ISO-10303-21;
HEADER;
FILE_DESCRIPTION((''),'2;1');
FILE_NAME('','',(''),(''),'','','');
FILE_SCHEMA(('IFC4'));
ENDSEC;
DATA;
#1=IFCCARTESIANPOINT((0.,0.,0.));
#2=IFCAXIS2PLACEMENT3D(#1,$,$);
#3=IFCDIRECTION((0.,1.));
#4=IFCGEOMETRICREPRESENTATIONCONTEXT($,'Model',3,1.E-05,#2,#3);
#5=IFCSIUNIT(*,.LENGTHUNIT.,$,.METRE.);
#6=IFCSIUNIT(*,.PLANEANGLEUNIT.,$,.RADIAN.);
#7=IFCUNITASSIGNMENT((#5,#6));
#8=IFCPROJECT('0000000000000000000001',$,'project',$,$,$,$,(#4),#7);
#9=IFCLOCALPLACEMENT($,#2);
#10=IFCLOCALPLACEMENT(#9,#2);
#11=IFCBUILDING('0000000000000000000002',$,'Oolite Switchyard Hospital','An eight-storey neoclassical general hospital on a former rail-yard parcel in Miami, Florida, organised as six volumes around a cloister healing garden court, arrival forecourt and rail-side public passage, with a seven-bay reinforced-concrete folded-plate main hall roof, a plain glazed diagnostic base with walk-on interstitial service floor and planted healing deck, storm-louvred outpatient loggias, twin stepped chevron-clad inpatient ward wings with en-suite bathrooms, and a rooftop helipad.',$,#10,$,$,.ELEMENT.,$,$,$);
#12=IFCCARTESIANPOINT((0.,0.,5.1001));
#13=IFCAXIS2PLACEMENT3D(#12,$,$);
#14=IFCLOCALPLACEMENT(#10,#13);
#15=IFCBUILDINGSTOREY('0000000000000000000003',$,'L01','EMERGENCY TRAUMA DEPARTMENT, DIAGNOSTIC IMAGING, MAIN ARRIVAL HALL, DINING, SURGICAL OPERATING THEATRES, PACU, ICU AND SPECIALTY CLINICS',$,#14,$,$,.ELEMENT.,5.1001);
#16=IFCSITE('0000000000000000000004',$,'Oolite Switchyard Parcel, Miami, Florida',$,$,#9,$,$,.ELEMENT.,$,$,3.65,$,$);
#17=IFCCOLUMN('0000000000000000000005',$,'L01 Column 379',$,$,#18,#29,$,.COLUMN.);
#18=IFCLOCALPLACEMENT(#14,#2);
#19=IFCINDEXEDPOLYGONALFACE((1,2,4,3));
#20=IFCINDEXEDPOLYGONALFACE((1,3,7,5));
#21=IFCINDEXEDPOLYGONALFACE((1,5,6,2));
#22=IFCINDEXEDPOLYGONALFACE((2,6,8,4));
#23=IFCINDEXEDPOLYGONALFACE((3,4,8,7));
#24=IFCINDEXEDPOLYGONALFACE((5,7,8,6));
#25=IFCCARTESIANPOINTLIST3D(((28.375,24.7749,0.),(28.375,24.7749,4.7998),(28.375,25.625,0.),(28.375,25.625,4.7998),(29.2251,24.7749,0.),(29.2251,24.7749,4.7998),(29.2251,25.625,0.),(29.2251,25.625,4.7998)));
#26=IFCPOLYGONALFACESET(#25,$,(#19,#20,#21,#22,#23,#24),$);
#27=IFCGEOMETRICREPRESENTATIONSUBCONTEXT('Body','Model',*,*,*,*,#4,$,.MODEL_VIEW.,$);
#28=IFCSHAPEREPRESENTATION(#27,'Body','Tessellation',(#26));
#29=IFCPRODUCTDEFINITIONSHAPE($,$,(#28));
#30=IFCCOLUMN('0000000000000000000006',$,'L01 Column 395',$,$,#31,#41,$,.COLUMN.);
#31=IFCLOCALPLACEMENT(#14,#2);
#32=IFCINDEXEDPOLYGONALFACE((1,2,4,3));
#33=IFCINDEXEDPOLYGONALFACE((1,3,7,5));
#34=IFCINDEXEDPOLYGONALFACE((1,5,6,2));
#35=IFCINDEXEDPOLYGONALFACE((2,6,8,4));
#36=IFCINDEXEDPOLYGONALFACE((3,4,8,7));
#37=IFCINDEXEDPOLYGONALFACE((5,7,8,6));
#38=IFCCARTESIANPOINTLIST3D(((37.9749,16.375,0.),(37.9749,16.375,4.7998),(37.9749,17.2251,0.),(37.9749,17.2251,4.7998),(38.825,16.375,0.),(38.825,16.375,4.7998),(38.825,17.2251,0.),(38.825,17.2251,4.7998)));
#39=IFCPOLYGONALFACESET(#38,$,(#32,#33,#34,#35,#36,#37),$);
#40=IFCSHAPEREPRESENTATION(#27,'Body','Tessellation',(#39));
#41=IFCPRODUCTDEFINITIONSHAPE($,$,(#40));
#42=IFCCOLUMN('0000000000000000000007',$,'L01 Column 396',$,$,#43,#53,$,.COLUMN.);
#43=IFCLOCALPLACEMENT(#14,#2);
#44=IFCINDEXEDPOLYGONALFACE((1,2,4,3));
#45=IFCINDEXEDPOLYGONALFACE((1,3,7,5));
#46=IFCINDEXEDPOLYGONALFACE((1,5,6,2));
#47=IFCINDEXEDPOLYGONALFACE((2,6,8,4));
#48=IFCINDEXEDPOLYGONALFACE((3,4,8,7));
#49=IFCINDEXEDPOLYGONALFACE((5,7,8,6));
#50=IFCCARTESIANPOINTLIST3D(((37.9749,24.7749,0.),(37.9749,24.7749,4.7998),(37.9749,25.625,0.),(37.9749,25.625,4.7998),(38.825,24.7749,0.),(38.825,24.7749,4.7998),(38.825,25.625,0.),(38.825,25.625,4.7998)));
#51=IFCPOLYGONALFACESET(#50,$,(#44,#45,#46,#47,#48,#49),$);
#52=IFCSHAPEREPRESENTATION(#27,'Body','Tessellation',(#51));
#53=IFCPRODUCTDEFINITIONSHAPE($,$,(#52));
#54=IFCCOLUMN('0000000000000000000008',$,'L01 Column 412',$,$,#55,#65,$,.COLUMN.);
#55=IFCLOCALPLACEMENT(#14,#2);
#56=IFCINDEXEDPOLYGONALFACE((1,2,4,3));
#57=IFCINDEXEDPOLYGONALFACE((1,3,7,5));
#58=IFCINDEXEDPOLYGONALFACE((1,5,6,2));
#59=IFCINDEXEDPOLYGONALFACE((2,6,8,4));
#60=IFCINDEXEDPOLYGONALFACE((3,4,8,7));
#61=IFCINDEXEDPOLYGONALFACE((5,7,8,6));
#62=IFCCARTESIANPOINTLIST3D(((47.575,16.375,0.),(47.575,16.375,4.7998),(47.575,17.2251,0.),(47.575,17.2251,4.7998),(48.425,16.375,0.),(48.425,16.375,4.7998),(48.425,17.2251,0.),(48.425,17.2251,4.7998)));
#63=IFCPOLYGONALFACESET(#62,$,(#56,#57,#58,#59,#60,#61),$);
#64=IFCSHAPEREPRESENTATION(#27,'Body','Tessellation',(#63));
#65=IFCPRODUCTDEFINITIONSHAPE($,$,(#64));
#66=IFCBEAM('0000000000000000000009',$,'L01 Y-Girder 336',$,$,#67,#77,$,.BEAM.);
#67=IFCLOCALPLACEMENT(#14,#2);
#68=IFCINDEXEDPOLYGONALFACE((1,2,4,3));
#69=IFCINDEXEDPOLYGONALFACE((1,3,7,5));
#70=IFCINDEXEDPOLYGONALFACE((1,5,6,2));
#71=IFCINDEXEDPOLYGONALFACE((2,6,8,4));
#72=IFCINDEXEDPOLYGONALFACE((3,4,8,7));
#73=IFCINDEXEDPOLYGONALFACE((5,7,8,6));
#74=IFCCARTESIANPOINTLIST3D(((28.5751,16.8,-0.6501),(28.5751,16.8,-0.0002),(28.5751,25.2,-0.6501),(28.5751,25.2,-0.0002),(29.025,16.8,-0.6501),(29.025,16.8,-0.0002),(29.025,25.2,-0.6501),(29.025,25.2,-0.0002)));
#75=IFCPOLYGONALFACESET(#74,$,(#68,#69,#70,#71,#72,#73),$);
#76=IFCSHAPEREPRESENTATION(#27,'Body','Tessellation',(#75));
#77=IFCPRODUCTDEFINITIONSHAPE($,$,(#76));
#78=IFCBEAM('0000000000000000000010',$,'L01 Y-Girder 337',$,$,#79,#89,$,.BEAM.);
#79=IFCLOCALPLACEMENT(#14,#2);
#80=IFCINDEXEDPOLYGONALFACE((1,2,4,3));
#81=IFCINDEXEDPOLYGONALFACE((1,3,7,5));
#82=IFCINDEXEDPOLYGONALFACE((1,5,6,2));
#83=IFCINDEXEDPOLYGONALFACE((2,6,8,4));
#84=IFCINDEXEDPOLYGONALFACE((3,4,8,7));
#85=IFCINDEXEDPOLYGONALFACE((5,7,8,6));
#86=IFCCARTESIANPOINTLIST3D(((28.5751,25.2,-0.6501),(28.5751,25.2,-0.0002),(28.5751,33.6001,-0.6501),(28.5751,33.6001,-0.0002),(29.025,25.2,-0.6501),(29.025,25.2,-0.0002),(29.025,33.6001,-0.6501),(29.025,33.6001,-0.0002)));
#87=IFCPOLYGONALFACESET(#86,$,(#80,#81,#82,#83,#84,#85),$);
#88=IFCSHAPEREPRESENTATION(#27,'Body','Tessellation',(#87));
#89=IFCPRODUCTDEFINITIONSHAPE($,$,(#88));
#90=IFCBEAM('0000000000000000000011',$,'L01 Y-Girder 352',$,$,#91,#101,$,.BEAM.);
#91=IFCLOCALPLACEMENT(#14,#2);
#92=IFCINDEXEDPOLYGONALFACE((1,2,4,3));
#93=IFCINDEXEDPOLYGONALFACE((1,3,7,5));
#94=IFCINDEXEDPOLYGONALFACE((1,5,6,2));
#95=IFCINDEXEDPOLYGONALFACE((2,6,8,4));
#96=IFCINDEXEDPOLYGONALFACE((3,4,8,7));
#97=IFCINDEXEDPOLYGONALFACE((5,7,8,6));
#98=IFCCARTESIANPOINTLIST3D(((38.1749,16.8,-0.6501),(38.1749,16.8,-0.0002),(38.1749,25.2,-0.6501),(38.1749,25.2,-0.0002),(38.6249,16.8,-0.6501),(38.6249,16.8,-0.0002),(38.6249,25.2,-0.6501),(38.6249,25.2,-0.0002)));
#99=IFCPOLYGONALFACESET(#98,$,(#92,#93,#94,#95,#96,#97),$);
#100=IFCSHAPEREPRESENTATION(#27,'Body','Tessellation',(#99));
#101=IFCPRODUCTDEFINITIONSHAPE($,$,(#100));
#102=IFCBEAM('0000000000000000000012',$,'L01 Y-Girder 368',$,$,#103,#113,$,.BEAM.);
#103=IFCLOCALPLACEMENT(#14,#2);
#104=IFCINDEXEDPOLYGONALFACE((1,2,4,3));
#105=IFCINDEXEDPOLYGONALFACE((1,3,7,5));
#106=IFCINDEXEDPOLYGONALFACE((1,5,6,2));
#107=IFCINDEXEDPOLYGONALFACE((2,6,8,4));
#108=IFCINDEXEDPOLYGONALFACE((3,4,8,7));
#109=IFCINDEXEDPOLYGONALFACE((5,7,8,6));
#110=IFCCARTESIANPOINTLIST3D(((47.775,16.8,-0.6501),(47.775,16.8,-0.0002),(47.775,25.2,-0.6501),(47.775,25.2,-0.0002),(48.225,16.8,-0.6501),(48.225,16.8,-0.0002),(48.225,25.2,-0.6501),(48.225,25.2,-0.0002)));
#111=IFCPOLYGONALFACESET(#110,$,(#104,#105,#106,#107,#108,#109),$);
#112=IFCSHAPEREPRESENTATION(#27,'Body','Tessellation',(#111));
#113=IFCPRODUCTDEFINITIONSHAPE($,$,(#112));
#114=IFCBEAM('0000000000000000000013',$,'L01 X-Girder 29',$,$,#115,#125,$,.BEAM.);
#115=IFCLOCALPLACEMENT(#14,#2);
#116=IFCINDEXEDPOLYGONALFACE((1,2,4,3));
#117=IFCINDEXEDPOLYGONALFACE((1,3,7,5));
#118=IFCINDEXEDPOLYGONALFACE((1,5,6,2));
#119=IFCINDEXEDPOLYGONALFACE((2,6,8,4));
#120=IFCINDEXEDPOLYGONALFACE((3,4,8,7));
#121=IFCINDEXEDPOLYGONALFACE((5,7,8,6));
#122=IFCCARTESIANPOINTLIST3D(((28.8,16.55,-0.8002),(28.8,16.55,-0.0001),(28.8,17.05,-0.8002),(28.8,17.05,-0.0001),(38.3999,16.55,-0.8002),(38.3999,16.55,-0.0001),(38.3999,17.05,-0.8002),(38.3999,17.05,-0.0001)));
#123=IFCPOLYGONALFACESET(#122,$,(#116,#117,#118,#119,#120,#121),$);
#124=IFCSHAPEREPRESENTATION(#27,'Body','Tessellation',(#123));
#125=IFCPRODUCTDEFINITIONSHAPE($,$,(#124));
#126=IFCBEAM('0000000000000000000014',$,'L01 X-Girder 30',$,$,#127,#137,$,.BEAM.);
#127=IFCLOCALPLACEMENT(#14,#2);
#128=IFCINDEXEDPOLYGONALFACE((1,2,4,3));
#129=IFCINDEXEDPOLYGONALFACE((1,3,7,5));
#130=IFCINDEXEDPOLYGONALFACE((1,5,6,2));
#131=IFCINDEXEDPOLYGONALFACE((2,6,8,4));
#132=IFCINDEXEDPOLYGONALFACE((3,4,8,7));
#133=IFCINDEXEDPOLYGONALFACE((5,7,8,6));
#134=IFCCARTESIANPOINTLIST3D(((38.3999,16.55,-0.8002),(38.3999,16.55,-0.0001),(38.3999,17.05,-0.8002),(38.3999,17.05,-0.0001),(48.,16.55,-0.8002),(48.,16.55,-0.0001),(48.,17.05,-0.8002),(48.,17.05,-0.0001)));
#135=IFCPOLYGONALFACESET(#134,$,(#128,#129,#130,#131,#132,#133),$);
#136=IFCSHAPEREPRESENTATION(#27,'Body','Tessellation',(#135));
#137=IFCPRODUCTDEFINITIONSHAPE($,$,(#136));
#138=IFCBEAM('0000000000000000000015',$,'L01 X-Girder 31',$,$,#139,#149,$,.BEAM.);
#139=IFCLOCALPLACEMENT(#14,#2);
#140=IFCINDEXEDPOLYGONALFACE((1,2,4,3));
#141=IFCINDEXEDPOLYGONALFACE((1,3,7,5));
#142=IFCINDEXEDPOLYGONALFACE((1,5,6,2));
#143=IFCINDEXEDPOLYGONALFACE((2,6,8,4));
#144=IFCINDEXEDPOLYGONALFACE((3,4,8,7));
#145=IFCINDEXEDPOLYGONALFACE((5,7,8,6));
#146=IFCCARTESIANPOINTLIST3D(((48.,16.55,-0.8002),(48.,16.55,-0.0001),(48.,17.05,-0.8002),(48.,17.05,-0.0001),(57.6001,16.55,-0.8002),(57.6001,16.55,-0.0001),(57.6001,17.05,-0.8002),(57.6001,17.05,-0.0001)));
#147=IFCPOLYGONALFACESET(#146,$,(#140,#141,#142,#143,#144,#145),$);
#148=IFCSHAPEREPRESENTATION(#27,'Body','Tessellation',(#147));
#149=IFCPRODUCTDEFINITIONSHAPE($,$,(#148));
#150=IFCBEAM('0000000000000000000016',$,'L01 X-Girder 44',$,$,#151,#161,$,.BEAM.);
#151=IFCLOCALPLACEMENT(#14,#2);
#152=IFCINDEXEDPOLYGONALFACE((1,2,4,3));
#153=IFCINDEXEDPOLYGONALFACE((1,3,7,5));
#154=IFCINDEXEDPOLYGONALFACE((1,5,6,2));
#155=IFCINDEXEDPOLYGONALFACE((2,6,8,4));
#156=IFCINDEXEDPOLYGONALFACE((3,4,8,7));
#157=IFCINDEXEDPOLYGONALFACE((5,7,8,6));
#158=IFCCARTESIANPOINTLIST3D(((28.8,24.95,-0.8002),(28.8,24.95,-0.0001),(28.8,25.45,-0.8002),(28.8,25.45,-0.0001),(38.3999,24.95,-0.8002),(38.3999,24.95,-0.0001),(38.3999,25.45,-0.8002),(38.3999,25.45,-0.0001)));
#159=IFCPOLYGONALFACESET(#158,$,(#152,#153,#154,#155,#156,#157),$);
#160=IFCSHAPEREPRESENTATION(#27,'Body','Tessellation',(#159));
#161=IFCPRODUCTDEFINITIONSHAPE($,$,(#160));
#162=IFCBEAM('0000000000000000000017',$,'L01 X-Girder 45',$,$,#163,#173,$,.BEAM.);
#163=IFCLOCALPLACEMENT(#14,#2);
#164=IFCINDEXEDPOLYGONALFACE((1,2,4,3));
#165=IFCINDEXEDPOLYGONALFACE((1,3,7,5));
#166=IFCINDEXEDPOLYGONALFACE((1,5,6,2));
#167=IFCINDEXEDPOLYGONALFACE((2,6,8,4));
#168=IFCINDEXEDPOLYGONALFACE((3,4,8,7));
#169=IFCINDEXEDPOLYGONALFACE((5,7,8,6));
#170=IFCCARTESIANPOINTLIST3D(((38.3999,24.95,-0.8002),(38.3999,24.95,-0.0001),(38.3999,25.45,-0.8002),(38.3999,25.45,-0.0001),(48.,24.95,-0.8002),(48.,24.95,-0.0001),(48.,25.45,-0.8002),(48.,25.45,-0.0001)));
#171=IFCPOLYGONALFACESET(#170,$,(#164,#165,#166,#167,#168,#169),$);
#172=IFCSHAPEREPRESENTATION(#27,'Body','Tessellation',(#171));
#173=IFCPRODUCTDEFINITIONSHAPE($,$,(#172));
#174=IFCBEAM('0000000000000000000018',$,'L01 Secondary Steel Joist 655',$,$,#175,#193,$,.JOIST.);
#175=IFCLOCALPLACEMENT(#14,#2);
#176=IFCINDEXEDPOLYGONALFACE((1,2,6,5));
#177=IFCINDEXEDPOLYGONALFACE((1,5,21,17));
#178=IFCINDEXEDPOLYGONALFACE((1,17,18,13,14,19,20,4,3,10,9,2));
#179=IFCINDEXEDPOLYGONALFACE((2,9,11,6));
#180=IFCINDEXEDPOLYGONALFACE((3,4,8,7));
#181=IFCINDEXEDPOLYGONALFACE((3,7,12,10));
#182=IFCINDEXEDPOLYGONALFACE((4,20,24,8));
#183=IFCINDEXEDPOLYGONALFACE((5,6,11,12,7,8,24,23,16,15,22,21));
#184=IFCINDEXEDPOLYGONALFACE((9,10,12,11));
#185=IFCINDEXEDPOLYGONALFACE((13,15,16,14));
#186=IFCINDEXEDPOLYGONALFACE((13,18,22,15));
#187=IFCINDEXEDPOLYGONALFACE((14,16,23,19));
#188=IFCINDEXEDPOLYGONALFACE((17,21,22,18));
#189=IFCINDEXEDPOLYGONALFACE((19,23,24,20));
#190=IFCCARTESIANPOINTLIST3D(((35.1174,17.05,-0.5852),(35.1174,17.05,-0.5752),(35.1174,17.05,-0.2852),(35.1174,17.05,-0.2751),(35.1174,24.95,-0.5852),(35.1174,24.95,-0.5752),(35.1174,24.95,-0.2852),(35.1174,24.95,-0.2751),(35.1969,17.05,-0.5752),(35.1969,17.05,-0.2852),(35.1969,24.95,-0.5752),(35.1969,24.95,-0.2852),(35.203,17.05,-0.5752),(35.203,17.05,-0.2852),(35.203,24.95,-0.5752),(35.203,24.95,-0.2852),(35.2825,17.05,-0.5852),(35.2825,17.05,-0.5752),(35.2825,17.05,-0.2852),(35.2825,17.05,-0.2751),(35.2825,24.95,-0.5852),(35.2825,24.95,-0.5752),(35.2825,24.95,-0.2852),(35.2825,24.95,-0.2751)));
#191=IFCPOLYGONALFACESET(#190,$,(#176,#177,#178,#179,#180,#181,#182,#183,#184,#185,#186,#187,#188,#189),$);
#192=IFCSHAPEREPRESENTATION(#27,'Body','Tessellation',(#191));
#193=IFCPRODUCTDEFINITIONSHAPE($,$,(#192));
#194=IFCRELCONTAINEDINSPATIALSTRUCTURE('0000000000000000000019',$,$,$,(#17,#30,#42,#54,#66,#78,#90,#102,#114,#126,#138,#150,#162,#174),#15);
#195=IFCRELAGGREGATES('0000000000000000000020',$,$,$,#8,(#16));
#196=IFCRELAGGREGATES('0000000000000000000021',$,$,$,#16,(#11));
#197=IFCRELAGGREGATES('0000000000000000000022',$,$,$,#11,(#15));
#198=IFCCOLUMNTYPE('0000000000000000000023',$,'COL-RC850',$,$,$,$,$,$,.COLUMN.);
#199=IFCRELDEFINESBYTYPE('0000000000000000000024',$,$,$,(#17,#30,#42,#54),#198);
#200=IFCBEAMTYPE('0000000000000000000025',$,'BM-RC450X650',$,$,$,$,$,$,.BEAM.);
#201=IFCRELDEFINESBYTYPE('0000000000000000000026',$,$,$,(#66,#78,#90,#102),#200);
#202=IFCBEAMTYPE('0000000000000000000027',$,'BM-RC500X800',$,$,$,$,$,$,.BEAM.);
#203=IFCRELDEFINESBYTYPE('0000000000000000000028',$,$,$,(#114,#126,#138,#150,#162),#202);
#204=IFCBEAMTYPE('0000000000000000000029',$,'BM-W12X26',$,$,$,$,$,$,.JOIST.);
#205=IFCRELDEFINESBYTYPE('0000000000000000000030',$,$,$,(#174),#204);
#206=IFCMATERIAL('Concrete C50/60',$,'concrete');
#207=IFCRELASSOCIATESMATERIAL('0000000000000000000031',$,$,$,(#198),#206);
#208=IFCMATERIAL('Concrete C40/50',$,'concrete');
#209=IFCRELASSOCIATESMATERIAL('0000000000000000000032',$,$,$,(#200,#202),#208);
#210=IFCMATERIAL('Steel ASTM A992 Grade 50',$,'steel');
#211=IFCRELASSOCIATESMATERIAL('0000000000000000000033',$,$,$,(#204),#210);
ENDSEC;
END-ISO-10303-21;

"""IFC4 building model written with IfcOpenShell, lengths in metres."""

from ifc_helpers import new_model, si_unit, direction, frame, origin, origin_2d, place, context, subcontext, project, spatial, rectangle, i_section, extrude, material, material_profile, profile_set, type_object, element, save


model = new_model("IFC4")

# Units and contexts
model_context = context("Model", 3, precision=1e-05, world=origin(), true_north=direction((0.0, 1.0)))
body_context = subcontext(model_context, "Body", "Model", "MODEL_VIEW")
ifc_project = project(units=[si_unit("LENGTHUNIT", "METRE"), si_unit("PLANEANGLEUNIT", "RADIAN")], contexts=[model_context])

# Site, building, storey
site_placement = place(None, origin())
site = spatial("IfcSite", under=ifc_project, at=site_placement, Name="Oolite Switchyard Parcel, Miami, Florida", CompositionType="ELEMENT", RefElevation=3.65)
building_placement = place(site_placement, origin())
building = spatial("IfcBuilding", under=site, at=building_placement, Name="Oolite Switchyard Hospital", Description="An eight-storey neoclassical general hospital on a former rail-yard parcel in Miami, Florida, organised as six volumes around a cloister healing garden court, arrival forecourt and rail-side public passage, with a seven-bay reinforced-concrete folded-plate main hall roof, a plain glazed diagnostic base with walk-on interstitial service floor and planted healing deck, storm-louvred outpatient loggias, twin stepped chevron-clad inpatient ward wings with en-suite bathrooms, and a rooftop helipad.", CompositionType="ELEMENT")
storey_placement = place(building_placement, frame((0.0, 0.0, 5.1001)))
storey = spatial("IfcBuildingStorey", under=building, at=storey_placement, Name="L01", Description="EMERGENCY TRAUMA DEPARTMENT, DIAGNOSTIC IMAGING, MAIN ARRIVAL HALL, DINING, SURGICAL OPERATING THEATRES, PACU, ICU AND SPECIALTY CLINICS", CompositionType="ELEMENT", Elevation=5.1001)

# Columns
ifc_material_1 = material(Name="Concrete C50/60", Category="concrete")
ifc_material_profile_1 = material_profile(ifc_material_1, rectangle(XDim=0.8501, YDim=0.8501, at=origin_2d()), Name="RC850X850")
ifc_profile_set_1 = profile_set([ifc_material_profile_1], Name="Concrete C50/60")
column_type = type_object("IfcColumnType", Name="COL-RC850", PredefinedType="COLUMN", material=ifc_profile_set_1)
for number, where, z_axis, x_axis, name in (
    (1, (28.8, 25.2, 0.0), (0.0, 0.0, 1.0), (1.0, 0.0, 0.0), "L01 Column 379"),
    (2, (38.3999, 16.8, 0.0), (0.0, 0.0, 1.0), (1.0, 0.0, 0.0), "L01 Column 395"),
    (3, (38.3999, 25.2, 0.0), (0.0, 0.0, 1.0), (1.0, 0.0, 0.0), "L01 Column 396"),
    (4, (48.0, 16.8, 0.0), (0.0, 0.0, 1.0), (1.0, 0.0, 0.0), "L01 Column 412"),
):
    element("IfcColumn", number, at=place(storey_placement, frame(where, z_axis=z_axis, x_axis=x_axis)), inside=storey, type_object=column_type, Name=name, PredefinedType="COLUMN", context=body_context, shape_type="SweptSolid", body=[
        extrude(rectangle(XDim=0.8501, YDim=0.8501, at=origin_2d()), origin(), (0.0, 0.0, 1.0), 4.7998),
    ])

# Beams
ifc_material_2 = material(Name="Concrete C40/50", Category="concrete")
ifc_material_profile_2 = material_profile(ifc_material_2, rectangle(XDim=0.45, YDim=0.6499, at=origin_2d()), Name="RCB450X650")
ifc_profile_set_2 = profile_set([ifc_material_profile_2], Name="Concrete C40/50")
beam_type_1 = type_object("IfcBeamType", Name="BM-RC450X650", PredefinedType="BEAM", material=ifc_profile_set_2)
beam_1_placement = place(storey_placement, frame((28.8, 16.8, -0.3252), z_axis=(0.0, 1.0, 0.0), x_axis=(-1.0, 0.0, 0.0)))
element("IfcBeam", 5, at=beam_1_placement, inside=storey, type_object=beam_type_1, Name="L01 Y-Girder 336", PredefinedType="BEAM", context=body_context, shape_type="SweptSolid", body=[
    extrude(rectangle(XDim=0.45, YDim=0.6499, at=origin_2d()), origin(), (0.0, 0.0, 1.0), 8.3999),
])
beam_2_placement = place(storey_placement, frame((28.8, 25.2, -0.3252), z_axis=(0.0, 1.0, 0.0), x_axis=(-1.0, 0.0, 0.0)))
element("IfcBeam", 6, at=beam_2_placement, inside=storey, type_object=beam_type_1, Name="L01 Y-Girder 337", PredefinedType="BEAM", context=body_context, shape_type="SweptSolid", body=[
    extrude(rectangle(XDim=0.45, YDim=0.6499, at=origin_2d()), origin(), (0.0, 0.0, 1.0), 8.4001),
])
for number, where, z_axis, x_axis, name in (
    (7, (38.3999, 16.8, -0.3252), (0.0, 1.0, 0.0), (-1.0, 0.0, 0.0), "L01 Y-Girder 352"),
    (8, (48.0, 16.8, -0.3252), (0.0, 1.0, 0.0), (-1.0, 0.0, 0.0), "L01 Y-Girder 368"),
):
    element("IfcBeam", number, at=place(storey_placement, frame(where, z_axis=z_axis, x_axis=x_axis)), inside=storey, type_object=beam_type_1, Name=name, PredefinedType="BEAM", context=body_context, shape_type="SweptSolid", body=[
        extrude(rectangle(XDim=0.45, YDim=0.6499, at=origin_2d()), origin(), (0.0, 0.0, 1.0), 8.3999),
    ])
ifc_material_profile_3 = material_profile(ifc_material_2, rectangle(XDim=0.5, YDim=0.8, at=origin_2d()), Name="RCB500X800")
ifc_profile_set_3 = profile_set([ifc_material_profile_3], Name="Concrete C40/50")
beam_type_2 = type_object("IfcBeamType", Name="BM-RC500X800", PredefinedType="BEAM", material=ifc_profile_set_3)
beam_3_placement = place(storey_placement, frame((28.8, 16.8, -0.4001), z_axis=(1.0, 0.0, 0.0), x_axis=(0.0, 1.0, 0.0)))
element("IfcBeam", 9, at=beam_3_placement, inside=storey, type_object=beam_type_2, Name="L01 X-Girder 29", PredefinedType="BEAM", context=body_context, shape_type="SweptSolid", body=[
    extrude(rectangle(XDim=0.5, YDim=0.8, at=origin_2d()), origin(), (0.0, 0.0, 1.0), 9.5999),
])
for number, where, z_axis, x_axis, name in (
    (10, (38.3999, 16.8, -0.4001), (1.0, 0.0, 0.0), (0.0, 1.0, 0.0), "L01 X-Girder 30"),
    (11, (48.0, 16.8, -0.4001), (1.0, 0.0, 0.0), (0.0, 1.0, 0.0), "L01 X-Girder 31"),
):
    element("IfcBeam", number, at=place(storey_placement, frame(where, z_axis=z_axis, x_axis=x_axis)), inside=storey, type_object=beam_type_2, Name=name, PredefinedType="BEAM", context=body_context, shape_type="SweptSolid", body=[
        extrude(rectangle(XDim=0.5, YDim=0.8, at=origin_2d()), origin(), (0.0, 0.0, 1.0), 9.6001),
    ])
beam_4_placement = place(storey_placement, frame((28.8, 25.2, -0.4001), z_axis=(1.0, 0.0, 0.0), x_axis=(0.0, 1.0, 0.0)))
element("IfcBeam", 12, at=beam_4_placement, inside=storey, type_object=beam_type_2, Name="L01 X-Girder 44", PredefinedType="BEAM", context=body_context, shape_type="SweptSolid", body=[
    extrude(rectangle(XDim=0.5, YDim=0.8, at=origin_2d()), origin(), (0.0, 0.0, 1.0), 9.5999),
])
beam_5_placement = place(storey_placement, frame((38.3999, 25.2, -0.4001), z_axis=(1.0, 0.0, 0.0), x_axis=(0.0, 1.0, 0.0)))
element("IfcBeam", 13, at=beam_5_placement, inside=storey, type_object=beam_type_2, Name="L01 X-Girder 45", PredefinedType="BEAM", context=body_context, shape_type="SweptSolid", body=[
    extrude(rectangle(XDim=0.5, YDim=0.8, at=origin_2d()), origin(), (0.0, 0.0, 1.0), 9.6001),
])
ifc_material_3 = material(Name="Steel ASTM A992 Grade 50", Category="steel")
ifc_material_profile_4 = material_profile(ifc_material_3, i_section(OverallWidth=0.165, OverallDepth=0.3101, WebThickness=0.0061, FlangeThickness=0.01, at=origin_2d()), Name="W12X26")
ifc_profile_set_4 = profile_set([ifc_material_profile_4], Name="Steel ASTM A992 Grade 50")
beam_type_3 = type_object("IfcBeamType", Name="BM-W12X26", PredefinedType="JOIST", material=ifc_profile_set_4)
for number, where, z_axis, x_axis, name in (
    (14, (35.2, 17.05, -0.4302), (0.0, 1.0, 0.0), (-1.0, 0.0, 0.0), "L01 Secondary Steel Joist 655"),
):
    element("IfcBeam", number, at=place(storey_placement, frame(where, z_axis=z_axis, x_axis=x_axis)), inside=storey, type_object=beam_type_3, Name=name, PredefinedType="JOIST", context=body_context, shape_type="SweptSolid", body=[
        extrude(i_section(OverallWidth=0.165, OverallDepth=0.3101, WebThickness=0.0061, FlangeThickness=0.01, at=origin_2d()), origin(), (0.0, 0.0, 1.0), 7.8999),
    ])

save(model, "model.ifc")
